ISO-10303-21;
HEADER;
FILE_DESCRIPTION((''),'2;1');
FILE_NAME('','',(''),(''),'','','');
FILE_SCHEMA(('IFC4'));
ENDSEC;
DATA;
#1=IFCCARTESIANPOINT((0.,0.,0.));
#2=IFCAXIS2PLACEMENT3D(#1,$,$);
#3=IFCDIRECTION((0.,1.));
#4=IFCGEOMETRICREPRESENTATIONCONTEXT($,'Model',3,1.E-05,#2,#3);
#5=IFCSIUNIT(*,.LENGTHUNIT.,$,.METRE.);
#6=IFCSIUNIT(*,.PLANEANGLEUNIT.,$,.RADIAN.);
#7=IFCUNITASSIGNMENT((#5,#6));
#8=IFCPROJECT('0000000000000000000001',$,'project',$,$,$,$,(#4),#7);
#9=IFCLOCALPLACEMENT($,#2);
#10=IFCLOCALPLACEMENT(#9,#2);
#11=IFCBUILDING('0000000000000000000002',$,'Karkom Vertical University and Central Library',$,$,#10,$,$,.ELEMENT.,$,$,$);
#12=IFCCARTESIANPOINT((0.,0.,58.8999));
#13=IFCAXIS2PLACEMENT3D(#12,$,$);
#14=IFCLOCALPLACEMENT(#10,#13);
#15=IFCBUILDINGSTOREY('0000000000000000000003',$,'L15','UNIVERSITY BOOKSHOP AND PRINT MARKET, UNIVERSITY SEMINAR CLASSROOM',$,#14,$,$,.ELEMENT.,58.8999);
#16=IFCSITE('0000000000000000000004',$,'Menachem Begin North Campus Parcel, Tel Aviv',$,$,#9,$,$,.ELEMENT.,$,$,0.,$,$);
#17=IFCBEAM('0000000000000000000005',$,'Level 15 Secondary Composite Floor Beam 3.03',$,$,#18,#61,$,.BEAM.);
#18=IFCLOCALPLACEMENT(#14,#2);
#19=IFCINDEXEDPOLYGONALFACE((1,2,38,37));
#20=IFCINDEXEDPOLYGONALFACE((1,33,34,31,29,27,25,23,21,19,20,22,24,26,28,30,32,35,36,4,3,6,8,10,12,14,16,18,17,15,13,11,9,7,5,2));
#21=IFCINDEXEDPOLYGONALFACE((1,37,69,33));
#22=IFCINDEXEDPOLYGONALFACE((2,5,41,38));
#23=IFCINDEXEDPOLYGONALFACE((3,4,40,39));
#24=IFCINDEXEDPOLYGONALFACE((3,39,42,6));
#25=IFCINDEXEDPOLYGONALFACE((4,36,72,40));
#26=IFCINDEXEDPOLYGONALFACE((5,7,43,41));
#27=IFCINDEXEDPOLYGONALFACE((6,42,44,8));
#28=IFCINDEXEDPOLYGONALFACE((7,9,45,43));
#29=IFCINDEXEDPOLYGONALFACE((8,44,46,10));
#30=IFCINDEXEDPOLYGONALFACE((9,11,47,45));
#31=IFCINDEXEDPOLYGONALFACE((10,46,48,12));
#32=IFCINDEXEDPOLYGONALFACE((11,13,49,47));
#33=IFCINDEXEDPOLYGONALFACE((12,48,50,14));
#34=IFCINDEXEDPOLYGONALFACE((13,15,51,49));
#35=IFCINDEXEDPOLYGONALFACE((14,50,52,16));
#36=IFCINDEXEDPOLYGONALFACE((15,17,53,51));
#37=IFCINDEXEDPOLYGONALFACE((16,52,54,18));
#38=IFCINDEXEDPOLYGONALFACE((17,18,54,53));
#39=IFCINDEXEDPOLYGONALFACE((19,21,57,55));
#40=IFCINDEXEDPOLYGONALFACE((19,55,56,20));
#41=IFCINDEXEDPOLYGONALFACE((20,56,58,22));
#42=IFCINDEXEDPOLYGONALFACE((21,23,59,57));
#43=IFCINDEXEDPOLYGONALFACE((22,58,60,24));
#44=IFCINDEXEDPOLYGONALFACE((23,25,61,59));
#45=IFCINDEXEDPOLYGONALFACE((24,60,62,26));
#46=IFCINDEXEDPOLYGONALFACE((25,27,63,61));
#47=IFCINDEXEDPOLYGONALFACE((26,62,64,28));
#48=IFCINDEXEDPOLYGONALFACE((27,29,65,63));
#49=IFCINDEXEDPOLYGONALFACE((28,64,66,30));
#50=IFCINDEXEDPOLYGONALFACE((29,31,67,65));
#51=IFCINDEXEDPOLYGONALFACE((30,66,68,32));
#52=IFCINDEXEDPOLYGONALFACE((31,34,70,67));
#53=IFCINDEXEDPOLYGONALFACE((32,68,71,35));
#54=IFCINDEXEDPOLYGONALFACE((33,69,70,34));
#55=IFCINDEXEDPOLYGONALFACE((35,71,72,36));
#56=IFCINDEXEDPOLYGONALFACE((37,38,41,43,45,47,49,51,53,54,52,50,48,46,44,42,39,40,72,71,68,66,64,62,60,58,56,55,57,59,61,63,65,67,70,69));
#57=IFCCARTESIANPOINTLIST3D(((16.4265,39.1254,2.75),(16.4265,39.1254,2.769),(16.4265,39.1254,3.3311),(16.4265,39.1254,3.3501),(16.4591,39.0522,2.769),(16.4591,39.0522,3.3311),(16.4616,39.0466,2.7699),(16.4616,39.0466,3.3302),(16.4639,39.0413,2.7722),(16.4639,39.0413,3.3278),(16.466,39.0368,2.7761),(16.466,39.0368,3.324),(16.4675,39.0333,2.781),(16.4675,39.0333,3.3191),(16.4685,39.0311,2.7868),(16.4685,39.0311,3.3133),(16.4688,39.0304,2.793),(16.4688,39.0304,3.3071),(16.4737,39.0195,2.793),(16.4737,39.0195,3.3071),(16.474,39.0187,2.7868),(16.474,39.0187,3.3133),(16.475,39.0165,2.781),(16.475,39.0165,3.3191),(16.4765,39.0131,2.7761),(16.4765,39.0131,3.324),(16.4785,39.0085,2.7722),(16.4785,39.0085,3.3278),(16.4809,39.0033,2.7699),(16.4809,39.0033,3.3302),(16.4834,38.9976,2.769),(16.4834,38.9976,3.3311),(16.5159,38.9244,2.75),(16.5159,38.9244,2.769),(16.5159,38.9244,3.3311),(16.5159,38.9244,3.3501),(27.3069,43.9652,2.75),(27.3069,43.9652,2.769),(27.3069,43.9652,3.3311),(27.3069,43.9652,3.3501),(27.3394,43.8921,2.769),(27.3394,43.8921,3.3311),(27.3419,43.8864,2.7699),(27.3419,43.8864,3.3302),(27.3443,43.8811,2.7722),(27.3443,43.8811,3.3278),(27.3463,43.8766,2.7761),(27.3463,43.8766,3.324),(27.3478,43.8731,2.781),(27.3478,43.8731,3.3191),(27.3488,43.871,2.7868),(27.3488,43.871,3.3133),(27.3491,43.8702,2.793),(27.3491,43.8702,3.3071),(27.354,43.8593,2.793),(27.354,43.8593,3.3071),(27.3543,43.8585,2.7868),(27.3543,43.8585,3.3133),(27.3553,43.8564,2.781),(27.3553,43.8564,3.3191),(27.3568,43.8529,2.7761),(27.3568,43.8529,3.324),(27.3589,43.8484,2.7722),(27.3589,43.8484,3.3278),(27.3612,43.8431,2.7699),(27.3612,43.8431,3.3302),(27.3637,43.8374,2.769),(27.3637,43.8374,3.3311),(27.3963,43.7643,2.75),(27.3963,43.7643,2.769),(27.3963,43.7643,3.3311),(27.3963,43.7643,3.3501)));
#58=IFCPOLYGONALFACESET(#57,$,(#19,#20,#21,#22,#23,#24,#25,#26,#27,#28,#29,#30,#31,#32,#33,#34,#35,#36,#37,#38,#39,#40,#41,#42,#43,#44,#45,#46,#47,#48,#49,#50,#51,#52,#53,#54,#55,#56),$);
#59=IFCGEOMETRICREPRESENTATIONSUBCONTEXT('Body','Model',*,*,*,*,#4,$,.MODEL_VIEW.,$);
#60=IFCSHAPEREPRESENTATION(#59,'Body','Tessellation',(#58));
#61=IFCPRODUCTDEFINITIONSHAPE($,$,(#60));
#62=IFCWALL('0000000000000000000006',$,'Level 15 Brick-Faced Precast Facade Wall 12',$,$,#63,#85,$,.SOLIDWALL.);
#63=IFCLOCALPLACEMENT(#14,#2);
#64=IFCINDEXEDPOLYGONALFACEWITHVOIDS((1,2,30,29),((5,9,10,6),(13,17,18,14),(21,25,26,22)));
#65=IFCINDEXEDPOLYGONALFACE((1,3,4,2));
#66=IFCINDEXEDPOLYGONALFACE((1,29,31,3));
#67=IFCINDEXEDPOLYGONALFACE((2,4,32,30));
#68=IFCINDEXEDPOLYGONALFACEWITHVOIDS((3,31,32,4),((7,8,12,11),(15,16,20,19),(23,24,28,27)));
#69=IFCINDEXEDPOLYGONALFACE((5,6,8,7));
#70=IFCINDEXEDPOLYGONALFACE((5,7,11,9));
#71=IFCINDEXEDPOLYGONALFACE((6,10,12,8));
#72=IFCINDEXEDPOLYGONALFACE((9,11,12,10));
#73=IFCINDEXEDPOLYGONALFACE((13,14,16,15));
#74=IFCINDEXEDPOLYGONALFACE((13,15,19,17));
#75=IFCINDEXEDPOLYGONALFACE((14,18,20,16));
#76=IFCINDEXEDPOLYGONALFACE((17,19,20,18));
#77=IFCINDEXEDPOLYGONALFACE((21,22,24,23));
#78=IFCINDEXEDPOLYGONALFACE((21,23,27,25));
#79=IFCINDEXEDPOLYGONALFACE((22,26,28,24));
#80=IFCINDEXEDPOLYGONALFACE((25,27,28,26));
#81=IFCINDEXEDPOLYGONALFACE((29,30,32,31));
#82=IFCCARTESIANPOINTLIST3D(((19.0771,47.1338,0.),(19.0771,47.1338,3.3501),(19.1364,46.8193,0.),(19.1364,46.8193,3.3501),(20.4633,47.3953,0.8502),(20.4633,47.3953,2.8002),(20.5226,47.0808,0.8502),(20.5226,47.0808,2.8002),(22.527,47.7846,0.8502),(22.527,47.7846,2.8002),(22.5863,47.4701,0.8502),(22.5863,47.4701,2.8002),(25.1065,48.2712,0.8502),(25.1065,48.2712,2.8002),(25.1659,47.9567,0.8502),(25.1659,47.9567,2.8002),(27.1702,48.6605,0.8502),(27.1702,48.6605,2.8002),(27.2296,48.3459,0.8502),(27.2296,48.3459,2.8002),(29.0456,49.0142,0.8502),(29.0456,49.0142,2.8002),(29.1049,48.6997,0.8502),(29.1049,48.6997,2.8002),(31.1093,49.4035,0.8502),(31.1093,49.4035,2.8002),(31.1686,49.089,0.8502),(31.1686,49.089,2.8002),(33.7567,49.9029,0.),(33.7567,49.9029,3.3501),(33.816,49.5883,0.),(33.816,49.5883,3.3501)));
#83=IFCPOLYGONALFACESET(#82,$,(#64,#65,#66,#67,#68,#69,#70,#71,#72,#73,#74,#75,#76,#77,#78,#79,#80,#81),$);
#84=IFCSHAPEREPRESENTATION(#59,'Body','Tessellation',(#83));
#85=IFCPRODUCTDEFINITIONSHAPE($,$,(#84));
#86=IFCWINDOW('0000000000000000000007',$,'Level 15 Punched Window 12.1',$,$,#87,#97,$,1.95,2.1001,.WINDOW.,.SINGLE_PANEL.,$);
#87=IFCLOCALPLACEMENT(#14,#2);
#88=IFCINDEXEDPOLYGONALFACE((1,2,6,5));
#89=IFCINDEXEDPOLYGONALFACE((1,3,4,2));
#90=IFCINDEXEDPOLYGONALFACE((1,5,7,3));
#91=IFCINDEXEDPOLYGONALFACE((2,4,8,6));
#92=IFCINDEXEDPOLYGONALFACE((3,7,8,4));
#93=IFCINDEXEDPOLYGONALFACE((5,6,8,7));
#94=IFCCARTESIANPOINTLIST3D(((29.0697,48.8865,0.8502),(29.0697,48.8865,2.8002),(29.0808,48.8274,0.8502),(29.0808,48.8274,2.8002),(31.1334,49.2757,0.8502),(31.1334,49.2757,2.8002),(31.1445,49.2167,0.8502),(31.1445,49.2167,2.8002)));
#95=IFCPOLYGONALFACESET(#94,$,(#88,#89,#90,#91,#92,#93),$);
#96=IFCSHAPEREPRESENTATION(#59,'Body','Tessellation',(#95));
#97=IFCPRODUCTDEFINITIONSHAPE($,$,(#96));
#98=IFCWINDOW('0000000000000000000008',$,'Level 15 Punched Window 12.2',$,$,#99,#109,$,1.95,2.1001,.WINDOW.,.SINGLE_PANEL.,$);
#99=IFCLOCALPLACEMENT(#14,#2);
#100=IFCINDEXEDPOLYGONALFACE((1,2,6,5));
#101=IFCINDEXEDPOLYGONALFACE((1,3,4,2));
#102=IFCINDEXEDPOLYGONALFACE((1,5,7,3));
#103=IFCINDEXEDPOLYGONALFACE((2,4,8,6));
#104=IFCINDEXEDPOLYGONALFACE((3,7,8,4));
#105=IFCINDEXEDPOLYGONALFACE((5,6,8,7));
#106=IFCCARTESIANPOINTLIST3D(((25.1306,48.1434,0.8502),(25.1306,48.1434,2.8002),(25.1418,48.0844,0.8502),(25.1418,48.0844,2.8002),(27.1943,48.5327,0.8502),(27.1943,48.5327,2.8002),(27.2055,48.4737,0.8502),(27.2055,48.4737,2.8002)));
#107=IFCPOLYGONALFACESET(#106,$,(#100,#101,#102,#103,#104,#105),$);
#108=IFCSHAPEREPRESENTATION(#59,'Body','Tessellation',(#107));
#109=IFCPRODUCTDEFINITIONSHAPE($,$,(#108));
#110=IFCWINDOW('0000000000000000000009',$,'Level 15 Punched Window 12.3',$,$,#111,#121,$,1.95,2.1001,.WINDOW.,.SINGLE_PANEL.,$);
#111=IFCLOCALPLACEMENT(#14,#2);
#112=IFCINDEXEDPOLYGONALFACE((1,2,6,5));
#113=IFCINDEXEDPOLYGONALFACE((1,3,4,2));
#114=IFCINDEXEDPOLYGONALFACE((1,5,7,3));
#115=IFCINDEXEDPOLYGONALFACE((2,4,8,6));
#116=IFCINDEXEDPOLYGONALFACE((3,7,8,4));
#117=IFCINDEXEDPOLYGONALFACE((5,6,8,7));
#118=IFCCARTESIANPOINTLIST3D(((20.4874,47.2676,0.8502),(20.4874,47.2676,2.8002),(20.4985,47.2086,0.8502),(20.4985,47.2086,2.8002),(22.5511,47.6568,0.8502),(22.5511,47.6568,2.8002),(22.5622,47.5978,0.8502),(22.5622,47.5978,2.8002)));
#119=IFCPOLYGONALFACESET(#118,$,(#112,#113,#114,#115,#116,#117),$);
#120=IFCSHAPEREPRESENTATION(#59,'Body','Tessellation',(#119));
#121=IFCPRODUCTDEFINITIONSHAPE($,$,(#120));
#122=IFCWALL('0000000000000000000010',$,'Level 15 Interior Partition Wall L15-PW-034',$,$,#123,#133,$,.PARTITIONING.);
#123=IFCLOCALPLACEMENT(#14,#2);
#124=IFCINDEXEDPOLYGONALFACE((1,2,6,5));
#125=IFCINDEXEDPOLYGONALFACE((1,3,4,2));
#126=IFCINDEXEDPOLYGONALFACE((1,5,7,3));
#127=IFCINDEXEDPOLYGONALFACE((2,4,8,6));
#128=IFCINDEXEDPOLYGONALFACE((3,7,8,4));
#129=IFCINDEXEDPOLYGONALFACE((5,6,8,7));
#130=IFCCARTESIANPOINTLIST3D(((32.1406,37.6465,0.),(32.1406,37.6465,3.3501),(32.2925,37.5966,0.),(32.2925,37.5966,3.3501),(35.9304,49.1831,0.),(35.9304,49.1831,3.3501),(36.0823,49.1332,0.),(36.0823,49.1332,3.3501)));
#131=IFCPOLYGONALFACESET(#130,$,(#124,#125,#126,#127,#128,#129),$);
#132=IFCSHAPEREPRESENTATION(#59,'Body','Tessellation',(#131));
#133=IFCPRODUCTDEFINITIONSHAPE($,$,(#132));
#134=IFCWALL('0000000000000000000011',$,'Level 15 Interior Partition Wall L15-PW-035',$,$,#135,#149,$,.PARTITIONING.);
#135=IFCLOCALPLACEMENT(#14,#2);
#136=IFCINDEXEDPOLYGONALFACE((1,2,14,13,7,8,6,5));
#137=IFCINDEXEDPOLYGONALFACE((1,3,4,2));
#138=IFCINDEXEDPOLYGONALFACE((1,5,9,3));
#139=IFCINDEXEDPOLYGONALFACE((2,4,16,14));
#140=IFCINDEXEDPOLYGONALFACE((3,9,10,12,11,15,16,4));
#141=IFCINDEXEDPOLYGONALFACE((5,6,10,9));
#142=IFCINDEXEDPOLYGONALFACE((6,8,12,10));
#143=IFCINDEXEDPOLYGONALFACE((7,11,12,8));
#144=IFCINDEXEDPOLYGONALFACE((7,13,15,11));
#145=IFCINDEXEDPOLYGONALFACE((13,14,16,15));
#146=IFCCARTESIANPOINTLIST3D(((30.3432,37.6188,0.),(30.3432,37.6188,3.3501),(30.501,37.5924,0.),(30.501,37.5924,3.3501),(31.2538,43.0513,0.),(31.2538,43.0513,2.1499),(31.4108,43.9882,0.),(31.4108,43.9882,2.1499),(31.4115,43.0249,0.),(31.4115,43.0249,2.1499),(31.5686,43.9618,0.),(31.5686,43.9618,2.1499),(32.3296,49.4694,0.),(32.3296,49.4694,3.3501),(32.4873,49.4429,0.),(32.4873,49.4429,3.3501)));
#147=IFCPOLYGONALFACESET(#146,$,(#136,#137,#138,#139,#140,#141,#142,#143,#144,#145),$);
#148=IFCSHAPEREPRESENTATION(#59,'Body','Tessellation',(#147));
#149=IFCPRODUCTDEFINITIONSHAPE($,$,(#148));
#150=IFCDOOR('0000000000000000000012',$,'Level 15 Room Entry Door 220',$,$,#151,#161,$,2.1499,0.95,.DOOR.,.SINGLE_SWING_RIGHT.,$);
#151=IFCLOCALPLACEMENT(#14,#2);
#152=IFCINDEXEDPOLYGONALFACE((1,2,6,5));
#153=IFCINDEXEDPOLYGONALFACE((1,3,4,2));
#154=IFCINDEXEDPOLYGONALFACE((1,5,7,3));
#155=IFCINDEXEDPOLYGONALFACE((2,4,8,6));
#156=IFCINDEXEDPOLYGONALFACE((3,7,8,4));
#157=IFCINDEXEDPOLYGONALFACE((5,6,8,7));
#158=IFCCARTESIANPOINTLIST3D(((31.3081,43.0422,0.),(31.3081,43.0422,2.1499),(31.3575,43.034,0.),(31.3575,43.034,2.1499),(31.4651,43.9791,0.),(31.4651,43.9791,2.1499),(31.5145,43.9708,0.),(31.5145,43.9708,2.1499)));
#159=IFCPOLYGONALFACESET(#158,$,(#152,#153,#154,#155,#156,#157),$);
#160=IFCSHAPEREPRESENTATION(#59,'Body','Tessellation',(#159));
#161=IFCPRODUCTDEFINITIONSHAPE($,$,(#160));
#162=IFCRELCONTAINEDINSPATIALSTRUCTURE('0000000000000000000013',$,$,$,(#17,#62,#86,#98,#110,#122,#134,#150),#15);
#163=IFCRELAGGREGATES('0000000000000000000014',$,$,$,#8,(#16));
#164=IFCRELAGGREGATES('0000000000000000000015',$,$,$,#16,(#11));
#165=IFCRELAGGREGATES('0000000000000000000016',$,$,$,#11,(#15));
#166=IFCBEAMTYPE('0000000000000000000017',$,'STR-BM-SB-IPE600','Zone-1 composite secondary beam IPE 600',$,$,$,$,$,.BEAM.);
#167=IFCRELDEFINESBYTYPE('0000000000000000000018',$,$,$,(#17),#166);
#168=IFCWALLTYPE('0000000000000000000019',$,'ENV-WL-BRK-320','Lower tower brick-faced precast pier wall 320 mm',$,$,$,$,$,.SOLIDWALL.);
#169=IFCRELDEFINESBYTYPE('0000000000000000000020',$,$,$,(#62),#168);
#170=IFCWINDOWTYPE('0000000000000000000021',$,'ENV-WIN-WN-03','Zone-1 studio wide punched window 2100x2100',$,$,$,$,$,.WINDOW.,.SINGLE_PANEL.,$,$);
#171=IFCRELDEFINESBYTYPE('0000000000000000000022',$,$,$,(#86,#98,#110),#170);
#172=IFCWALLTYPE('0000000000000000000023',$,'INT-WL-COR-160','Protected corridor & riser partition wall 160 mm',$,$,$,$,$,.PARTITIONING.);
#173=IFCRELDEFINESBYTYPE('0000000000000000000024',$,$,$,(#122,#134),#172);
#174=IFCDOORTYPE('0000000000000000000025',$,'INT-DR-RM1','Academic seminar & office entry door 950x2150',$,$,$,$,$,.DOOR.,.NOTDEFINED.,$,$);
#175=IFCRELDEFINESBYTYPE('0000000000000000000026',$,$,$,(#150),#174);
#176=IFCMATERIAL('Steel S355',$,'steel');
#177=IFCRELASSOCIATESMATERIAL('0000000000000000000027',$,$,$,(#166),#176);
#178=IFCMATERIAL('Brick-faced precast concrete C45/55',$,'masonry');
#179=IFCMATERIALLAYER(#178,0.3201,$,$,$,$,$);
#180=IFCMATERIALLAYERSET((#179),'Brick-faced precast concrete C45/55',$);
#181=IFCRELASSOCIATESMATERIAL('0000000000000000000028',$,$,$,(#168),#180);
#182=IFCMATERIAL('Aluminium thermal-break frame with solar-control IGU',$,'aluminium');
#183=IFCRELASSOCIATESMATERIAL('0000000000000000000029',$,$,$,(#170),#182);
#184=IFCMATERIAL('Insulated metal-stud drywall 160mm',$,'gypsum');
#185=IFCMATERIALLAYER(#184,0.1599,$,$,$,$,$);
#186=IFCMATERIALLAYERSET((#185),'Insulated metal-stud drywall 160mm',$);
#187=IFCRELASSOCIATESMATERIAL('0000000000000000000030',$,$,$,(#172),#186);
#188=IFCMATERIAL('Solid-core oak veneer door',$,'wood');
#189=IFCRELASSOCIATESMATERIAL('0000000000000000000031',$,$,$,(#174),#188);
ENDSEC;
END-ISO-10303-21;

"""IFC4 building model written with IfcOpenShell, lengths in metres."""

from ifc_helpers import new_model, si_unit, direction, frame, frame_2d, origin, origin_with_axes, origin_2d, place, context, subcontext, project, spatial, rectangle, i_section, extrude, source, transform, mapped, material, layer, layer_set, material_profile, profile_set, type_object, element, fill, save


model = new_model("IFC4")

# Units and contexts
model_context = context("Model", 3, precision=1e-05, world=origin(), true_north=direction((0.0, 1.0)))
body_context = subcontext(model_context, "Body", "Model", "MODEL_VIEW")
ifc_project = project(units=[si_unit("LENGTHUNIT", "METRE"), si_unit("PLANEANGLEUNIT", "RADIAN")], contexts=[model_context])

# Site, building, storey
site_placement = place(None, origin())
site = spatial("IfcSite", under=ifc_project, at=site_placement, Name="Menachem Begin North Campus Parcel, Tel Aviv", CompositionType="ELEMENT", RefElevation=0.0)
building_placement = place(site_placement, origin())
building = spatial("IfcBuilding", under=site, at=building_placement, Name="Karkom Vertical University and Central Library", CompositionType="ELEMENT")
storey_placement = place(building_placement, frame((0.0, 0.0, 58.8999)))
storey = spatial("IfcBuildingStorey", under=building, at=storey_placement, Name="L15", Description="UNIVERSITY BOOKSHOP AND PRINT MARKET, UNIVERSITY SEMINAR CLASSROOM", CompositionType="ELEMENT", Elevation=58.8999)

# Beam
ifc_material_1 = material(Name="Steel S355", Category="steel")
ifc_material_profile_1 = material_profile(ifc_material_1, i_section(OverallWidth=0.22, OverallDepth=0.6001, WebThickness=0.012, FlangeThickness=0.019, FilletRadius=0.0239, at=origin_2d()), Name="IPE 600")
ifc_profile_set_1 = profile_set([ifc_material_profile_1], Name="Steel S355")
beam_type_1 = type_object("IfcBeamType", Name="STR-BM-SB-IPE600", Description="Zone-1 composite secondary beam IPE 600", PredefinedType="BEAM", material=ifc_profile_set_1)
shared_shape_1 = source(origin_with_axes(), body_context, "Body", "SweptSolid", [
    extrude(i_section(OverallWidth=0.22, OverallDepth=0.6001, WebThickness=0.012, FlangeThickness=0.019, FilletRadius=0.0239, at=origin_2d()), origin(), (0.0, 0.0, 1.0), 11.9082),
])
beam_1_placement = place(storey_placement, frame((27.3516, 43.8647, 3.05), z_axis=(-0.913683, -0.406428, 0.0), x_axis=(0.406428, -0.913683, 0.0)))
element("IfcBeam", 1, at=beam_1_placement, inside=storey, type_object=beam_type_1, Name="Level 15 Secondary Composite Floor Beam 3.03", PredefinedType="BEAM", context=body_context, shape_type="MappedRepresentation", body=[
    mapped(shared_shape_1, transform((0.0, 0.0, 0.0), scale=1.0)),
])

# Wall, openings, windows
ifc_material_2 = material(Name="Brick-faced precast concrete C45/55", Category="masonry")
ifc_layer_1 = layer(ifc_material_2, 0.3201)
ifc_layer_set_1 = layer_set([ifc_layer_1], Name="Brick-faced precast concrete C45/55")
wall_type_1 = type_object("IfcWallType", Name="ENV-WL-BRK-320", Description="Lower tower brick-faced precast pier wall 320 mm", PredefinedType="SOLIDWALL", material=ifc_layer_set_1)
wall_1_placement = place(storey_placement, frame((33.7864, 49.7456, 0.0), z_axis=(0.0, 0.0, 1.0), x_axis=(-0.98267, -0.185362, 0.0)))
wall_1 = element("IfcWall", 2, at=wall_1_placement, inside=storey, type_object=wall_type_1, Name="Level 15 Brick-Faced Precast Facade Wall 12", PredefinedType="SOLIDWALL", context=body_context, shape_type="SweptSolid", body=[
    extrude(rectangle(XDim=14.9385, YDim=0.3201, at=frame_2d((7.4692, 0.0))), origin(), (0.0, 0.0, 1.0), 3.3501),
])
opening_1_placement = place(wall_1_placement, frame((2.6941, 0.0, 0.8501)))
opening_1 = element("IfcOpeningElement", 3, at=opening_1_placement, cuts=wall_1, PredefinedType="OPENING", context=body_context, shape_type="SweptSolid", body=[
    extrude(rectangle(XDim=2.1001, YDim=1.95, at=frame_2d((1.05, 0.9751))), frame((0.0, 0.1699, 0.0), z_axis=(0.0, -1.0, 0.0), x_axis=(1.0, 0.0, 0.0)), (0.0, 0.0, 1.0), 0.3401),
])
opening_2_placement = place(wall_1_placement, frame((6.7026, 0.0, 0.8501)))
opening_2 = element("IfcOpeningElement", 4, at=opening_2_placement, cuts=wall_1, PredefinedType="OPENING", context=body_context, shape_type="SweptSolid", body=[
    extrude(rectangle(XDim=2.1001, YDim=1.95, at=frame_2d((1.05, 0.9751))), frame((0.0, 0.1699, 0.0), z_axis=(0.0, -1.0, 0.0), x_axis=(1.0, 0.0, 0.0)), (0.0, 0.0, 1.0), 0.3401),
])
opening_3_placement = place(wall_1_placement, frame((11.4277, 0.0, 0.8501)))
opening_3 = element("IfcOpeningElement", 5, at=opening_3_placement, cuts=wall_1, PredefinedType="OPENING", context=body_context, shape_type="SweptSolid", body=[
    extrude(rectangle(XDim=2.1001, YDim=1.95, at=frame_2d((1.05, 0.9751))), frame((0.0, 0.1699, 0.0), z_axis=(0.0, -1.0, 0.0), x_axis=(1.0, 0.0, 0.0)), (0.0, 0.0, 1.0), 0.3401),
])
ifc_material_3 = material(Name="Aluminium thermal-break frame with solar-control IGU", Category="aluminium")
window_type = type_object("IfcWindowType", Name="ENV-WIN-WN-03", Description="Zone-1 studio wide punched window 2100x2100", PartitioningType="SINGLE_PANEL", PredefinedType="WINDOW", material=ifc_material_3)
shared_shape_2 = source(origin_with_axes(), body_context, "Body", "SweptSolid", [
    extrude(rectangle(XDim=2.1001, YDim=1.95, at=frame_2d((1.05, 0.9751))), frame((0.0, 0.03, 0.0), z_axis=(0.0, -1.0, 0.0), x_axis=(1.0, 0.0, 0.0)), (0.0, 0.0, 1.0), 0.0601),
])
window_1_placement = place(opening_1_placement, origin())
window_1 = element("IfcWindow", 6, at=window_1_placement, inside=storey, type_object=window_type, Name="Level 15 Punched Window 12.1", OverallHeight=1.95, OverallWidth=2.1001, PartitioningType="SINGLE_PANEL", PredefinedType="WINDOW", context=body_context, shape_type="MappedRepresentation", body=[
    mapped(shared_shape_2, transform((0.0, 0.0, 0.0), scale=1.0)),
])
fill(opening_1, window_1)
window_2_placement = place(opening_2_placement, origin())
window_2 = element("IfcWindow", 7, at=window_2_placement, inside=storey, type_object=window_type, Name="Level 15 Punched Window 12.2", OverallHeight=1.95, OverallWidth=2.1001, PartitioningType="SINGLE_PANEL", PredefinedType="WINDOW", context=body_context, shape_type="MappedRepresentation", body=[
    mapped(shared_shape_2, transform((0.0, 0.0, 0.0), scale=1.0)),
])
fill(opening_2, window_2)
window_3_placement = place(opening_3_placement, origin())
window_3 = element("IfcWindow", 8, at=window_3_placement, inside=storey, type_object=window_type, Name="Level 15 Punched Window 12.3", OverallHeight=1.95, OverallWidth=2.1001, PartitioningType="SINGLE_PANEL", PredefinedType="WINDOW", context=body_context, shape_type="MappedRepresentation", body=[
    mapped(shared_shape_2, transform((0.0, 0.0, 0.0), scale=1.0)),
])
fill(opening_3, window_3)

# Wall
ifc_material_4 = material(Name="Insulated metal-stud drywall 160mm", Category="gypsum")
ifc_layer_2 = layer(ifc_material_4, 0.1599)
ifc_layer_set_2 = layer_set([ifc_layer_2], Name="Insulated metal-stud drywall 160mm")
wall_type_2 = type_object("IfcWallType", Name="INT-WL-COR-160", Description="Protected corridor & riser partition wall 160 mm", PredefinedType="PARTITIONING", material=ifc_layer_set_2)
wall_2_placement = place(storey_placement, frame((32.2166, 37.6216, 0.0), z_axis=(0.0, 0.0, 1.0), x_axis=(0.312093, 0.950052, 0.0)))
element("IfcWall", 9, at=wall_2_placement, inside=storey, type_object=wall_type_2, Name="Level 15 Interior Partition Wall L15-PW-034", PredefinedType="PARTITIONING", context=body_context, shape_type="SweptSolid", body=[
    extrude(rectangle(XDim=12.1431, YDim=0.1599, at=frame_2d((6.0715, 0.0))), origin(), (0.0, 0.0, 1.0), 3.3501),
])

# Wall, opening, door
wall_3_placement = place(storey_placement, frame((30.4221, 37.6057, 0.0), z_axis=(0.0, 0.0, 1.0), x_axis=(0.165308, 0.986242, 0.0)))
wall_3 = element("IfcWall", 10, at=wall_3_placement, inside=storey, type_object=wall_type_2, Name="Level 15 Interior Partition Wall L15-PW-035", PredefinedType="PARTITIONING", context=body_context, shape_type="SweptSolid", body=[
    extrude(rectangle(XDim=12.0159, YDim=0.1599, at=frame_2d((6.0078, 0.0))), origin(), (0.0, 0.0, 1.0), 3.3501),
])
opening_4_placement = place(wall_3_placement, frame((5.5081, 0.0, 0.0)))
opening_4 = element("IfcOpeningElement", 11, at=opening_4_placement, cuts=wall_3, PredefinedType="OPENING", context=body_context, shape_type="SweptSolid", body=[
    extrude(rectangle(XDim=0.95, YDim=2.1499, at=frame_2d((0.4751, 1.075))), frame((0.0, 0.0898, 0.0), z_axis=(0.0, -1.0, 0.0), x_axis=(1.0, 0.0, 0.0)), (0.0, 0.0, 1.0), 0.1799),
])
ifc_material_5 = material(Name="Solid-core oak veneer door", Category="wood")
door_type_1 = type_object("IfcDoorType", Name="INT-DR-RM1", Description="Academic seminar & office entry door 950x2150", OperationType="NOTDEFINED", PredefinedType="DOOR", material=ifc_material_5)
shared_shape_3 = source(origin_with_axes(), body_context, "Body", "SweptSolid", [
    extrude(rectangle(XDim=0.95, YDim=2.1499, at=frame_2d((0.4751, 1.075))), frame((0.0, 0.0249, 0.0), z_axis=(0.0, -1.0, 0.0), x_axis=(1.0, 0.0, 0.0)), (0.0, 0.0, 1.0), 0.05),
])
door_1_placement = place(opening_4_placement, origin())
door_1 = element("IfcDoor", 12, at=door_1_placement, inside=storey, type_object=door_type_1, Name="Level 15 Room Entry Door 220", OperationType="SINGLE_SWING_RIGHT", OverallHeight=2.1499, OverallWidth=0.95, PredefinedType="DOOR", context=body_context, shape_type="MappedRepresentation", body=[
    mapped(shared_shape_3, transform((0.0, 0.0, 0.0), scale=1.0)),
])
fill(opening_4, door_1)

save(model, "model.ifc")
